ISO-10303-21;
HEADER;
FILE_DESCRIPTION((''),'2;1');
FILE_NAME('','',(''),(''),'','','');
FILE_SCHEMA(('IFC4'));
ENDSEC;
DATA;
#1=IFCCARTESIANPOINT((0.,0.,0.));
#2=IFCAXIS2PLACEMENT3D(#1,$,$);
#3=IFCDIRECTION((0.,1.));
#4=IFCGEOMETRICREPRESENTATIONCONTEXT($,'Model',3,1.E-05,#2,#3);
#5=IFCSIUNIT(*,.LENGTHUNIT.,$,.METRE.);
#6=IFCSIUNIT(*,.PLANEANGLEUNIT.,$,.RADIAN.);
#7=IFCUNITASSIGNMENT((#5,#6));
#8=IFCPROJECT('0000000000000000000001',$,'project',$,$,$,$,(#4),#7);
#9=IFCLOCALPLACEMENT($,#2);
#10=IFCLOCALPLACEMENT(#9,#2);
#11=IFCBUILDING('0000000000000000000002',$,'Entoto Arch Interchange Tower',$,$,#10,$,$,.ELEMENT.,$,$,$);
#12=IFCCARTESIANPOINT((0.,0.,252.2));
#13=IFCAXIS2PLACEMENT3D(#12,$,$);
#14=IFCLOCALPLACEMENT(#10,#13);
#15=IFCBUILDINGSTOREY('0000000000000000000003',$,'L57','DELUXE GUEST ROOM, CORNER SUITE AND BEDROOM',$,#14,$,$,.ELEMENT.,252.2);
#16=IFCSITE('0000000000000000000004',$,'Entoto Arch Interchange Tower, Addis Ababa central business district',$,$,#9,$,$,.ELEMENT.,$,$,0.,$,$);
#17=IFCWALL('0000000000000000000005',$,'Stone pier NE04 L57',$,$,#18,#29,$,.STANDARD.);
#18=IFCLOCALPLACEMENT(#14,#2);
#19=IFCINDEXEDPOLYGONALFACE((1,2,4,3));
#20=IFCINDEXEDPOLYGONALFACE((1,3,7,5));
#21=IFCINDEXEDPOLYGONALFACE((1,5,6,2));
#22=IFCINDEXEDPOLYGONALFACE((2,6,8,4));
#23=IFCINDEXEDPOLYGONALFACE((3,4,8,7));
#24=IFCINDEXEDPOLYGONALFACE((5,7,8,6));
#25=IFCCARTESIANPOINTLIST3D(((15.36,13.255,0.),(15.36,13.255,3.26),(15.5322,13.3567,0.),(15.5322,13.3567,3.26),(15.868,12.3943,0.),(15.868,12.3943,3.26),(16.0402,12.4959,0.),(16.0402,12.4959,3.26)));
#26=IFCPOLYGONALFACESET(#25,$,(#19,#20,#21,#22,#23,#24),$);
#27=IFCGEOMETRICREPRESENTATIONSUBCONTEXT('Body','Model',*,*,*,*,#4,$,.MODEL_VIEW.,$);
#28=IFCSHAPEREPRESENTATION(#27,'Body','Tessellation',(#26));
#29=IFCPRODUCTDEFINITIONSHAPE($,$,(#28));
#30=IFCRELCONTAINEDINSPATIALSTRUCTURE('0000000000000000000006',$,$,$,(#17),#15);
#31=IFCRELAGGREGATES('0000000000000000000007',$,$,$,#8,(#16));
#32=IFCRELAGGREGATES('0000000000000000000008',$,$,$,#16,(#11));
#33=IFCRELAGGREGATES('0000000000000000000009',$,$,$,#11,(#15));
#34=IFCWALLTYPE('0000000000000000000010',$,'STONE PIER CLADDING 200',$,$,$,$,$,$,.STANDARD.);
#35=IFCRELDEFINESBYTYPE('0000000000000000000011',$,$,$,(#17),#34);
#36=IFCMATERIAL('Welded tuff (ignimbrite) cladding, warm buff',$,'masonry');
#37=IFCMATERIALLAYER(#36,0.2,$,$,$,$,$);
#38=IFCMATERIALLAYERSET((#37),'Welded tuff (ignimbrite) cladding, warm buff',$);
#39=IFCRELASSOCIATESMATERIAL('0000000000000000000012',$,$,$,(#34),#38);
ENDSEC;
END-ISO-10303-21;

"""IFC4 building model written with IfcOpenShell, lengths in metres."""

from ifc_helpers import new_model, si_unit, direction, frame, frame_2d, origin, place, context, subcontext, project, spatial, rectangle, extrude, material, layer, layer_set, type_object, element, save


model = new_model("IFC4")

# Units and contexts
model_context = context("Model", 3, precision=1e-05, world=origin(), true_north=direction((0.0, 1.0)))
body_context = subcontext(model_context, "Body", "Model", "MODEL_VIEW")
ifc_project = project(units=[si_unit("LENGTHUNIT", "METRE"), si_unit("PLANEANGLEUNIT", "RADIAN")], contexts=[model_context])

# Site, building, storey
site_placement = place(None, origin())
site = spatial("IfcSite", under=ifc_project, at=site_placement, Name="Entoto Arch Interchange Tower, Addis Ababa central business district", CompositionType="ELEMENT", RefElevation=0.0)
building_placement = place(site_placement, origin())
building = spatial("IfcBuilding", under=site, at=building_placement, Name="Entoto Arch Interchange Tower", CompositionType="ELEMENT")
storey_placement = place(building_placement, frame((0.0, 0.0, 252.2)))
storey = spatial("IfcBuildingStorey", under=building, at=storey_placement, Name="L57", Description="DELUXE GUEST ROOM, CORNER SUITE AND BEDROOM", CompositionType="ELEMENT", Elevation=252.2)

# Shared definitions
ifc_material_1 = material(Name="Welded tuff (ignimbrite) cladding, warm buff", Category="masonry")

# Wall
ifc_layer_1 = layer(ifc_material_1, 0.2)
ifc_layer_set_1 = layer_set([ifc_layer_1], Name="Welded tuff (ignimbrite) cladding, warm buff")
wall_type_1 = type_object("IfcWallType", Name="STONE PIER CLADDING 200", PredefinedType="STANDARD", material=ifc_layer_set_1)
wall_1_placement = place(storey_placement, frame((15.9541, 12.4451, 0.0), z_axis=(0.0, 0.0, 1.0), x_axis=(-0.508268, 0.861199, 0.0)))
element("IfcWall", 1, at=wall_1_placement, inside=storey, type_object=wall_type_1, Name="Stone pier NE04 L57", PredefinedType="STANDARD", context=body_context, shape_type="SweptSolid", body=[
    extrude(rectangle(XDim=0.9995, YDim=0.2, at=frame_2d((0.4998, 0.0))), origin(), (0.0, 0.0, 1.0), 3.26),
])

save(model, "model.ifc")
